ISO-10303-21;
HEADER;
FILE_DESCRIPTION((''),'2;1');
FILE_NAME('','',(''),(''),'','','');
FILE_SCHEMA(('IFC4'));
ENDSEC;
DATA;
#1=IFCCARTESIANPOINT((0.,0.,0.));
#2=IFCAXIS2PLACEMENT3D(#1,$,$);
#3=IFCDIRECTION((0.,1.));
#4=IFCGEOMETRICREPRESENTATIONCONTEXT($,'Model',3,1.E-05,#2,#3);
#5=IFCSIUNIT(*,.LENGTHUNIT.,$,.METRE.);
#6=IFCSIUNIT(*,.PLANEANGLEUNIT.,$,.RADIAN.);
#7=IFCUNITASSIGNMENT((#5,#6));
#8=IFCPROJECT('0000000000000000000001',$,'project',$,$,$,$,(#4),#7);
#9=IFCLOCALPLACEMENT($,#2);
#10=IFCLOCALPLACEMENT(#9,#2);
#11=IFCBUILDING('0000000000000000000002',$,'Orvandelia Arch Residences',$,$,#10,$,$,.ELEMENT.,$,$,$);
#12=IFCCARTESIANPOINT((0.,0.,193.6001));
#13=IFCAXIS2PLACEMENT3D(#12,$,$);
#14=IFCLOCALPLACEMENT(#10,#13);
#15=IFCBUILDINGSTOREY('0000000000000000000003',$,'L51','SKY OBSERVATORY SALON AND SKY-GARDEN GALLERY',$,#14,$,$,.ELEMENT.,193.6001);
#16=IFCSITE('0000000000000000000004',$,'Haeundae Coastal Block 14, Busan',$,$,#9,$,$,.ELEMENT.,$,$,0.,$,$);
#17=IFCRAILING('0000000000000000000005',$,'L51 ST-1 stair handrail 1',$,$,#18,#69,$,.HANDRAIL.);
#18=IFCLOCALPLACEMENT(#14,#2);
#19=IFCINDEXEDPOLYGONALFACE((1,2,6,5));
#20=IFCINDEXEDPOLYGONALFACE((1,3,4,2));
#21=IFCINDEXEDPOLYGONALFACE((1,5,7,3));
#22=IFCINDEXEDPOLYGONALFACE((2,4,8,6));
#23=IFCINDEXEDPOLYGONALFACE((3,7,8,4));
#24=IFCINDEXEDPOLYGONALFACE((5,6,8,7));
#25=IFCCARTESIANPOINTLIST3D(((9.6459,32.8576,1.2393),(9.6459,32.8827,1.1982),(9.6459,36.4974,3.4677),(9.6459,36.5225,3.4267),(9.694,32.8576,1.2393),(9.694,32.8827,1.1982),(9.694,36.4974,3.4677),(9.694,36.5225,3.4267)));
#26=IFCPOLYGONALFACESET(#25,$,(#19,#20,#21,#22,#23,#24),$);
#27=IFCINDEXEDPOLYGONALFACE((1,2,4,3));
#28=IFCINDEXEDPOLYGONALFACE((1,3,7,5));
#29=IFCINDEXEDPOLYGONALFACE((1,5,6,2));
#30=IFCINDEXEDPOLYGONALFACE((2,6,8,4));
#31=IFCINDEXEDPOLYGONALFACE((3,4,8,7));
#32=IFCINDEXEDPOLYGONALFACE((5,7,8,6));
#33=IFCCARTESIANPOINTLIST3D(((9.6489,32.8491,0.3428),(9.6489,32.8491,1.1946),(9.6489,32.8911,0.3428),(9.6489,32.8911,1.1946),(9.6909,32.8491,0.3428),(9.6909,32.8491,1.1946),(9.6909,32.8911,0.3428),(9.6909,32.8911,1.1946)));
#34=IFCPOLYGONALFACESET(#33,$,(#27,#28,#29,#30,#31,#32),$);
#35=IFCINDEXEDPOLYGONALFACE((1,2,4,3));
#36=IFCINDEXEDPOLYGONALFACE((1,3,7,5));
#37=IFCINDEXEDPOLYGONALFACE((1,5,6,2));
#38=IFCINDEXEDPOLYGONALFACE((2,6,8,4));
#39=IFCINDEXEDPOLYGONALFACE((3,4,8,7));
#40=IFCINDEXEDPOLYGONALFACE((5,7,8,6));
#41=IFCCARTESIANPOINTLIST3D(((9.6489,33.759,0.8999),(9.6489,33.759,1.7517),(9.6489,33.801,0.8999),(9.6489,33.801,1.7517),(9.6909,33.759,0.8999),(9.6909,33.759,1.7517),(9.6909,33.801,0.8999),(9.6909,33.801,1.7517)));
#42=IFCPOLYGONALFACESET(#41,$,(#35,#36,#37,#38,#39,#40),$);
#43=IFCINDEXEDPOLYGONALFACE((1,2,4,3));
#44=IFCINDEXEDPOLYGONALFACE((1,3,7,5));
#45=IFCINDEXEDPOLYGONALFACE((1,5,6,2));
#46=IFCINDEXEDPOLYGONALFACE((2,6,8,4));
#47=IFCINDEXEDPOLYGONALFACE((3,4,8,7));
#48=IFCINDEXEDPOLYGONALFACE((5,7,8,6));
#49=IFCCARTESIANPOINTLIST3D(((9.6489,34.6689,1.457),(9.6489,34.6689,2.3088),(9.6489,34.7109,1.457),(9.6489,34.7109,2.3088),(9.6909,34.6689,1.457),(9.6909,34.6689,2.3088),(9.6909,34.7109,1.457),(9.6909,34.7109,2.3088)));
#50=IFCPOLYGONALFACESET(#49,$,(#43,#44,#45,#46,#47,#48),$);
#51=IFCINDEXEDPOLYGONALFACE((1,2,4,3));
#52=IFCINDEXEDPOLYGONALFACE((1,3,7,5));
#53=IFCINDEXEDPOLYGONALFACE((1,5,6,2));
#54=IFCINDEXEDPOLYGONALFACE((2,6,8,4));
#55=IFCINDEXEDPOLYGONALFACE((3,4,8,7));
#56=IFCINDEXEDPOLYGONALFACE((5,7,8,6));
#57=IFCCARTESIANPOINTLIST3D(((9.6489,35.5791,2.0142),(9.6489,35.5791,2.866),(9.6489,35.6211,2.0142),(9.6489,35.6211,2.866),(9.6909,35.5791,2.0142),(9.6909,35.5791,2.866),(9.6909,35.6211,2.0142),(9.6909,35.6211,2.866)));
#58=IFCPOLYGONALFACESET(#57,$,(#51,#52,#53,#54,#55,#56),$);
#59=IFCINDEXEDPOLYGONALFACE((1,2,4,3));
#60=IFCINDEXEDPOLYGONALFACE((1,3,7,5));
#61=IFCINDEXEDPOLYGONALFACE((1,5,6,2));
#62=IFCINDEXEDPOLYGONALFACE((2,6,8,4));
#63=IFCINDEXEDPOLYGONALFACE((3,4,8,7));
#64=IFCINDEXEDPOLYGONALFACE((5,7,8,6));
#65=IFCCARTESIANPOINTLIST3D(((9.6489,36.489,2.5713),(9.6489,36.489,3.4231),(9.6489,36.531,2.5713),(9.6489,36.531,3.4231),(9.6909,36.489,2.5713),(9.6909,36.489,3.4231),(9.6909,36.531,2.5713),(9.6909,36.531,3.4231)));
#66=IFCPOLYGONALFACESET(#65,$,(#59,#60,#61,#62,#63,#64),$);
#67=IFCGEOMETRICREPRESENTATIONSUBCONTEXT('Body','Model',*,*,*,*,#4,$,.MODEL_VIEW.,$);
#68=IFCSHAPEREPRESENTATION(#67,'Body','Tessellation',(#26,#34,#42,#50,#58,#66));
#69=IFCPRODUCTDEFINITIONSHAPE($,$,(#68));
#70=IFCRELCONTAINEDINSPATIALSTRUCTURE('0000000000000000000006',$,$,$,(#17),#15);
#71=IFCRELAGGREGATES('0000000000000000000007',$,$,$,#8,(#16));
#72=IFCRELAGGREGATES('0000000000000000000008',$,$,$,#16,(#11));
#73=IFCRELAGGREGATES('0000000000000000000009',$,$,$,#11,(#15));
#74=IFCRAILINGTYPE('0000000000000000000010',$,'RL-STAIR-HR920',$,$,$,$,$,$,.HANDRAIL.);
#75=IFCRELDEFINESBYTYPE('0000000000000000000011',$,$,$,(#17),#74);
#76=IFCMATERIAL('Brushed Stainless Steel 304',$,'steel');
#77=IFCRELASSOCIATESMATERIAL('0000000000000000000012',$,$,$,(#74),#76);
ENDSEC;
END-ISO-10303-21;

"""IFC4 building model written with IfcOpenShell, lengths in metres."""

from ifc_helpers import new_model, si_unit, direction, frame, origin, origin_2d, place, context, subcontext, project, spatial, rectangle, extrude, material, type_object, element, save


model = new_model("IFC4")

# Units and contexts
model_context = context("Model", 3, precision=1e-05, world=origin(), true_north=direction((0.0, 1.0)))
body_context = subcontext(model_context, "Body", "Model", "MODEL_VIEW")
ifc_project = project(units=[si_unit("LENGTHUNIT", "METRE"), si_unit("PLANEANGLEUNIT", "RADIAN")], contexts=[model_context])

# Site, building, storey
site_placement = place(None, origin())
site = spatial("IfcSite", under=ifc_project, at=site_placement, Name="Haeundae Coastal Block 14, Busan", CompositionType="ELEMENT", RefElevation=0.0)
building_placement = place(site_placement, origin())
building = spatial("IfcBuilding", under=site, at=building_placement, Name="Orvandelia Arch Residences", CompositionType="ELEMENT")
storey_placement = place(building_placement, frame((0.0, 0.0, 193.6001)))
storey = spatial("IfcBuildingStorey", under=building, at=storey_placement, Name="L51", Description="SKY OBSERVATORY SALON AND SKY-GARDEN GALLERY", CompositionType="ELEMENT", Elevation=193.6001)

# Railing
ifc_material_1 = material(Name="Brushed Stainless Steel 304", Category="steel")
railing_type_1 = type_object("IfcRailingType", Name="RL-STAIR-HR920", PredefinedType="HANDRAIL", material=ifc_material_1)
railing_1_placement = place(storey_placement, frame((9.6699, 32.8701, 0.3428)))
element("IfcRailing", 1, at=railing_1_placement, inside=storey, type_object=railing_type_1, Name="L51 ST-1 stair handrail 1", PredefinedType="HANDRAIL", context=body_context, shape_type="SweptSolid", body=[
    extrude(rectangle(XDim=0.0481, YDim=0.0481, at=origin_2d()), frame((0.0, 0.0, 0.876), z_axis=(0.0, 0.85285, 0.522156), x_axis=(-1.0, 0.0, 0.0)), (0.0, 0.0, 1.0), 4.2678),
    extrude(rectangle(XDim=0.042, YDim=0.042, at=origin_2d()), origin(), (0.0, 0.0, 1.0), 0.8518),
    extrude(rectangle(XDim=0.042, YDim=0.042, at=origin_2d()), frame((0.0, 0.9099, 0.5571)), (0.0, 0.0, 1.0), 0.8518),
    extrude(rectangle(XDim=0.042, YDim=0.042, at=origin_2d()), frame((0.0, 1.8198, 1.1143)), (0.0, 0.0, 1.0), 0.8518),
    extrude(rectangle(XDim=0.042, YDim=0.042, at=origin_2d()), frame((0.0, 2.73, 1.6714)), (0.0, 0.0, 1.0), 0.8518),
    extrude(rectangle(XDim=0.042, YDim=0.042, at=origin_2d()), frame((0.0, 3.6399, 2.2285)), (0.0, 0.0, 1.0), 0.8518),
])

save(model, "model.ifc")
